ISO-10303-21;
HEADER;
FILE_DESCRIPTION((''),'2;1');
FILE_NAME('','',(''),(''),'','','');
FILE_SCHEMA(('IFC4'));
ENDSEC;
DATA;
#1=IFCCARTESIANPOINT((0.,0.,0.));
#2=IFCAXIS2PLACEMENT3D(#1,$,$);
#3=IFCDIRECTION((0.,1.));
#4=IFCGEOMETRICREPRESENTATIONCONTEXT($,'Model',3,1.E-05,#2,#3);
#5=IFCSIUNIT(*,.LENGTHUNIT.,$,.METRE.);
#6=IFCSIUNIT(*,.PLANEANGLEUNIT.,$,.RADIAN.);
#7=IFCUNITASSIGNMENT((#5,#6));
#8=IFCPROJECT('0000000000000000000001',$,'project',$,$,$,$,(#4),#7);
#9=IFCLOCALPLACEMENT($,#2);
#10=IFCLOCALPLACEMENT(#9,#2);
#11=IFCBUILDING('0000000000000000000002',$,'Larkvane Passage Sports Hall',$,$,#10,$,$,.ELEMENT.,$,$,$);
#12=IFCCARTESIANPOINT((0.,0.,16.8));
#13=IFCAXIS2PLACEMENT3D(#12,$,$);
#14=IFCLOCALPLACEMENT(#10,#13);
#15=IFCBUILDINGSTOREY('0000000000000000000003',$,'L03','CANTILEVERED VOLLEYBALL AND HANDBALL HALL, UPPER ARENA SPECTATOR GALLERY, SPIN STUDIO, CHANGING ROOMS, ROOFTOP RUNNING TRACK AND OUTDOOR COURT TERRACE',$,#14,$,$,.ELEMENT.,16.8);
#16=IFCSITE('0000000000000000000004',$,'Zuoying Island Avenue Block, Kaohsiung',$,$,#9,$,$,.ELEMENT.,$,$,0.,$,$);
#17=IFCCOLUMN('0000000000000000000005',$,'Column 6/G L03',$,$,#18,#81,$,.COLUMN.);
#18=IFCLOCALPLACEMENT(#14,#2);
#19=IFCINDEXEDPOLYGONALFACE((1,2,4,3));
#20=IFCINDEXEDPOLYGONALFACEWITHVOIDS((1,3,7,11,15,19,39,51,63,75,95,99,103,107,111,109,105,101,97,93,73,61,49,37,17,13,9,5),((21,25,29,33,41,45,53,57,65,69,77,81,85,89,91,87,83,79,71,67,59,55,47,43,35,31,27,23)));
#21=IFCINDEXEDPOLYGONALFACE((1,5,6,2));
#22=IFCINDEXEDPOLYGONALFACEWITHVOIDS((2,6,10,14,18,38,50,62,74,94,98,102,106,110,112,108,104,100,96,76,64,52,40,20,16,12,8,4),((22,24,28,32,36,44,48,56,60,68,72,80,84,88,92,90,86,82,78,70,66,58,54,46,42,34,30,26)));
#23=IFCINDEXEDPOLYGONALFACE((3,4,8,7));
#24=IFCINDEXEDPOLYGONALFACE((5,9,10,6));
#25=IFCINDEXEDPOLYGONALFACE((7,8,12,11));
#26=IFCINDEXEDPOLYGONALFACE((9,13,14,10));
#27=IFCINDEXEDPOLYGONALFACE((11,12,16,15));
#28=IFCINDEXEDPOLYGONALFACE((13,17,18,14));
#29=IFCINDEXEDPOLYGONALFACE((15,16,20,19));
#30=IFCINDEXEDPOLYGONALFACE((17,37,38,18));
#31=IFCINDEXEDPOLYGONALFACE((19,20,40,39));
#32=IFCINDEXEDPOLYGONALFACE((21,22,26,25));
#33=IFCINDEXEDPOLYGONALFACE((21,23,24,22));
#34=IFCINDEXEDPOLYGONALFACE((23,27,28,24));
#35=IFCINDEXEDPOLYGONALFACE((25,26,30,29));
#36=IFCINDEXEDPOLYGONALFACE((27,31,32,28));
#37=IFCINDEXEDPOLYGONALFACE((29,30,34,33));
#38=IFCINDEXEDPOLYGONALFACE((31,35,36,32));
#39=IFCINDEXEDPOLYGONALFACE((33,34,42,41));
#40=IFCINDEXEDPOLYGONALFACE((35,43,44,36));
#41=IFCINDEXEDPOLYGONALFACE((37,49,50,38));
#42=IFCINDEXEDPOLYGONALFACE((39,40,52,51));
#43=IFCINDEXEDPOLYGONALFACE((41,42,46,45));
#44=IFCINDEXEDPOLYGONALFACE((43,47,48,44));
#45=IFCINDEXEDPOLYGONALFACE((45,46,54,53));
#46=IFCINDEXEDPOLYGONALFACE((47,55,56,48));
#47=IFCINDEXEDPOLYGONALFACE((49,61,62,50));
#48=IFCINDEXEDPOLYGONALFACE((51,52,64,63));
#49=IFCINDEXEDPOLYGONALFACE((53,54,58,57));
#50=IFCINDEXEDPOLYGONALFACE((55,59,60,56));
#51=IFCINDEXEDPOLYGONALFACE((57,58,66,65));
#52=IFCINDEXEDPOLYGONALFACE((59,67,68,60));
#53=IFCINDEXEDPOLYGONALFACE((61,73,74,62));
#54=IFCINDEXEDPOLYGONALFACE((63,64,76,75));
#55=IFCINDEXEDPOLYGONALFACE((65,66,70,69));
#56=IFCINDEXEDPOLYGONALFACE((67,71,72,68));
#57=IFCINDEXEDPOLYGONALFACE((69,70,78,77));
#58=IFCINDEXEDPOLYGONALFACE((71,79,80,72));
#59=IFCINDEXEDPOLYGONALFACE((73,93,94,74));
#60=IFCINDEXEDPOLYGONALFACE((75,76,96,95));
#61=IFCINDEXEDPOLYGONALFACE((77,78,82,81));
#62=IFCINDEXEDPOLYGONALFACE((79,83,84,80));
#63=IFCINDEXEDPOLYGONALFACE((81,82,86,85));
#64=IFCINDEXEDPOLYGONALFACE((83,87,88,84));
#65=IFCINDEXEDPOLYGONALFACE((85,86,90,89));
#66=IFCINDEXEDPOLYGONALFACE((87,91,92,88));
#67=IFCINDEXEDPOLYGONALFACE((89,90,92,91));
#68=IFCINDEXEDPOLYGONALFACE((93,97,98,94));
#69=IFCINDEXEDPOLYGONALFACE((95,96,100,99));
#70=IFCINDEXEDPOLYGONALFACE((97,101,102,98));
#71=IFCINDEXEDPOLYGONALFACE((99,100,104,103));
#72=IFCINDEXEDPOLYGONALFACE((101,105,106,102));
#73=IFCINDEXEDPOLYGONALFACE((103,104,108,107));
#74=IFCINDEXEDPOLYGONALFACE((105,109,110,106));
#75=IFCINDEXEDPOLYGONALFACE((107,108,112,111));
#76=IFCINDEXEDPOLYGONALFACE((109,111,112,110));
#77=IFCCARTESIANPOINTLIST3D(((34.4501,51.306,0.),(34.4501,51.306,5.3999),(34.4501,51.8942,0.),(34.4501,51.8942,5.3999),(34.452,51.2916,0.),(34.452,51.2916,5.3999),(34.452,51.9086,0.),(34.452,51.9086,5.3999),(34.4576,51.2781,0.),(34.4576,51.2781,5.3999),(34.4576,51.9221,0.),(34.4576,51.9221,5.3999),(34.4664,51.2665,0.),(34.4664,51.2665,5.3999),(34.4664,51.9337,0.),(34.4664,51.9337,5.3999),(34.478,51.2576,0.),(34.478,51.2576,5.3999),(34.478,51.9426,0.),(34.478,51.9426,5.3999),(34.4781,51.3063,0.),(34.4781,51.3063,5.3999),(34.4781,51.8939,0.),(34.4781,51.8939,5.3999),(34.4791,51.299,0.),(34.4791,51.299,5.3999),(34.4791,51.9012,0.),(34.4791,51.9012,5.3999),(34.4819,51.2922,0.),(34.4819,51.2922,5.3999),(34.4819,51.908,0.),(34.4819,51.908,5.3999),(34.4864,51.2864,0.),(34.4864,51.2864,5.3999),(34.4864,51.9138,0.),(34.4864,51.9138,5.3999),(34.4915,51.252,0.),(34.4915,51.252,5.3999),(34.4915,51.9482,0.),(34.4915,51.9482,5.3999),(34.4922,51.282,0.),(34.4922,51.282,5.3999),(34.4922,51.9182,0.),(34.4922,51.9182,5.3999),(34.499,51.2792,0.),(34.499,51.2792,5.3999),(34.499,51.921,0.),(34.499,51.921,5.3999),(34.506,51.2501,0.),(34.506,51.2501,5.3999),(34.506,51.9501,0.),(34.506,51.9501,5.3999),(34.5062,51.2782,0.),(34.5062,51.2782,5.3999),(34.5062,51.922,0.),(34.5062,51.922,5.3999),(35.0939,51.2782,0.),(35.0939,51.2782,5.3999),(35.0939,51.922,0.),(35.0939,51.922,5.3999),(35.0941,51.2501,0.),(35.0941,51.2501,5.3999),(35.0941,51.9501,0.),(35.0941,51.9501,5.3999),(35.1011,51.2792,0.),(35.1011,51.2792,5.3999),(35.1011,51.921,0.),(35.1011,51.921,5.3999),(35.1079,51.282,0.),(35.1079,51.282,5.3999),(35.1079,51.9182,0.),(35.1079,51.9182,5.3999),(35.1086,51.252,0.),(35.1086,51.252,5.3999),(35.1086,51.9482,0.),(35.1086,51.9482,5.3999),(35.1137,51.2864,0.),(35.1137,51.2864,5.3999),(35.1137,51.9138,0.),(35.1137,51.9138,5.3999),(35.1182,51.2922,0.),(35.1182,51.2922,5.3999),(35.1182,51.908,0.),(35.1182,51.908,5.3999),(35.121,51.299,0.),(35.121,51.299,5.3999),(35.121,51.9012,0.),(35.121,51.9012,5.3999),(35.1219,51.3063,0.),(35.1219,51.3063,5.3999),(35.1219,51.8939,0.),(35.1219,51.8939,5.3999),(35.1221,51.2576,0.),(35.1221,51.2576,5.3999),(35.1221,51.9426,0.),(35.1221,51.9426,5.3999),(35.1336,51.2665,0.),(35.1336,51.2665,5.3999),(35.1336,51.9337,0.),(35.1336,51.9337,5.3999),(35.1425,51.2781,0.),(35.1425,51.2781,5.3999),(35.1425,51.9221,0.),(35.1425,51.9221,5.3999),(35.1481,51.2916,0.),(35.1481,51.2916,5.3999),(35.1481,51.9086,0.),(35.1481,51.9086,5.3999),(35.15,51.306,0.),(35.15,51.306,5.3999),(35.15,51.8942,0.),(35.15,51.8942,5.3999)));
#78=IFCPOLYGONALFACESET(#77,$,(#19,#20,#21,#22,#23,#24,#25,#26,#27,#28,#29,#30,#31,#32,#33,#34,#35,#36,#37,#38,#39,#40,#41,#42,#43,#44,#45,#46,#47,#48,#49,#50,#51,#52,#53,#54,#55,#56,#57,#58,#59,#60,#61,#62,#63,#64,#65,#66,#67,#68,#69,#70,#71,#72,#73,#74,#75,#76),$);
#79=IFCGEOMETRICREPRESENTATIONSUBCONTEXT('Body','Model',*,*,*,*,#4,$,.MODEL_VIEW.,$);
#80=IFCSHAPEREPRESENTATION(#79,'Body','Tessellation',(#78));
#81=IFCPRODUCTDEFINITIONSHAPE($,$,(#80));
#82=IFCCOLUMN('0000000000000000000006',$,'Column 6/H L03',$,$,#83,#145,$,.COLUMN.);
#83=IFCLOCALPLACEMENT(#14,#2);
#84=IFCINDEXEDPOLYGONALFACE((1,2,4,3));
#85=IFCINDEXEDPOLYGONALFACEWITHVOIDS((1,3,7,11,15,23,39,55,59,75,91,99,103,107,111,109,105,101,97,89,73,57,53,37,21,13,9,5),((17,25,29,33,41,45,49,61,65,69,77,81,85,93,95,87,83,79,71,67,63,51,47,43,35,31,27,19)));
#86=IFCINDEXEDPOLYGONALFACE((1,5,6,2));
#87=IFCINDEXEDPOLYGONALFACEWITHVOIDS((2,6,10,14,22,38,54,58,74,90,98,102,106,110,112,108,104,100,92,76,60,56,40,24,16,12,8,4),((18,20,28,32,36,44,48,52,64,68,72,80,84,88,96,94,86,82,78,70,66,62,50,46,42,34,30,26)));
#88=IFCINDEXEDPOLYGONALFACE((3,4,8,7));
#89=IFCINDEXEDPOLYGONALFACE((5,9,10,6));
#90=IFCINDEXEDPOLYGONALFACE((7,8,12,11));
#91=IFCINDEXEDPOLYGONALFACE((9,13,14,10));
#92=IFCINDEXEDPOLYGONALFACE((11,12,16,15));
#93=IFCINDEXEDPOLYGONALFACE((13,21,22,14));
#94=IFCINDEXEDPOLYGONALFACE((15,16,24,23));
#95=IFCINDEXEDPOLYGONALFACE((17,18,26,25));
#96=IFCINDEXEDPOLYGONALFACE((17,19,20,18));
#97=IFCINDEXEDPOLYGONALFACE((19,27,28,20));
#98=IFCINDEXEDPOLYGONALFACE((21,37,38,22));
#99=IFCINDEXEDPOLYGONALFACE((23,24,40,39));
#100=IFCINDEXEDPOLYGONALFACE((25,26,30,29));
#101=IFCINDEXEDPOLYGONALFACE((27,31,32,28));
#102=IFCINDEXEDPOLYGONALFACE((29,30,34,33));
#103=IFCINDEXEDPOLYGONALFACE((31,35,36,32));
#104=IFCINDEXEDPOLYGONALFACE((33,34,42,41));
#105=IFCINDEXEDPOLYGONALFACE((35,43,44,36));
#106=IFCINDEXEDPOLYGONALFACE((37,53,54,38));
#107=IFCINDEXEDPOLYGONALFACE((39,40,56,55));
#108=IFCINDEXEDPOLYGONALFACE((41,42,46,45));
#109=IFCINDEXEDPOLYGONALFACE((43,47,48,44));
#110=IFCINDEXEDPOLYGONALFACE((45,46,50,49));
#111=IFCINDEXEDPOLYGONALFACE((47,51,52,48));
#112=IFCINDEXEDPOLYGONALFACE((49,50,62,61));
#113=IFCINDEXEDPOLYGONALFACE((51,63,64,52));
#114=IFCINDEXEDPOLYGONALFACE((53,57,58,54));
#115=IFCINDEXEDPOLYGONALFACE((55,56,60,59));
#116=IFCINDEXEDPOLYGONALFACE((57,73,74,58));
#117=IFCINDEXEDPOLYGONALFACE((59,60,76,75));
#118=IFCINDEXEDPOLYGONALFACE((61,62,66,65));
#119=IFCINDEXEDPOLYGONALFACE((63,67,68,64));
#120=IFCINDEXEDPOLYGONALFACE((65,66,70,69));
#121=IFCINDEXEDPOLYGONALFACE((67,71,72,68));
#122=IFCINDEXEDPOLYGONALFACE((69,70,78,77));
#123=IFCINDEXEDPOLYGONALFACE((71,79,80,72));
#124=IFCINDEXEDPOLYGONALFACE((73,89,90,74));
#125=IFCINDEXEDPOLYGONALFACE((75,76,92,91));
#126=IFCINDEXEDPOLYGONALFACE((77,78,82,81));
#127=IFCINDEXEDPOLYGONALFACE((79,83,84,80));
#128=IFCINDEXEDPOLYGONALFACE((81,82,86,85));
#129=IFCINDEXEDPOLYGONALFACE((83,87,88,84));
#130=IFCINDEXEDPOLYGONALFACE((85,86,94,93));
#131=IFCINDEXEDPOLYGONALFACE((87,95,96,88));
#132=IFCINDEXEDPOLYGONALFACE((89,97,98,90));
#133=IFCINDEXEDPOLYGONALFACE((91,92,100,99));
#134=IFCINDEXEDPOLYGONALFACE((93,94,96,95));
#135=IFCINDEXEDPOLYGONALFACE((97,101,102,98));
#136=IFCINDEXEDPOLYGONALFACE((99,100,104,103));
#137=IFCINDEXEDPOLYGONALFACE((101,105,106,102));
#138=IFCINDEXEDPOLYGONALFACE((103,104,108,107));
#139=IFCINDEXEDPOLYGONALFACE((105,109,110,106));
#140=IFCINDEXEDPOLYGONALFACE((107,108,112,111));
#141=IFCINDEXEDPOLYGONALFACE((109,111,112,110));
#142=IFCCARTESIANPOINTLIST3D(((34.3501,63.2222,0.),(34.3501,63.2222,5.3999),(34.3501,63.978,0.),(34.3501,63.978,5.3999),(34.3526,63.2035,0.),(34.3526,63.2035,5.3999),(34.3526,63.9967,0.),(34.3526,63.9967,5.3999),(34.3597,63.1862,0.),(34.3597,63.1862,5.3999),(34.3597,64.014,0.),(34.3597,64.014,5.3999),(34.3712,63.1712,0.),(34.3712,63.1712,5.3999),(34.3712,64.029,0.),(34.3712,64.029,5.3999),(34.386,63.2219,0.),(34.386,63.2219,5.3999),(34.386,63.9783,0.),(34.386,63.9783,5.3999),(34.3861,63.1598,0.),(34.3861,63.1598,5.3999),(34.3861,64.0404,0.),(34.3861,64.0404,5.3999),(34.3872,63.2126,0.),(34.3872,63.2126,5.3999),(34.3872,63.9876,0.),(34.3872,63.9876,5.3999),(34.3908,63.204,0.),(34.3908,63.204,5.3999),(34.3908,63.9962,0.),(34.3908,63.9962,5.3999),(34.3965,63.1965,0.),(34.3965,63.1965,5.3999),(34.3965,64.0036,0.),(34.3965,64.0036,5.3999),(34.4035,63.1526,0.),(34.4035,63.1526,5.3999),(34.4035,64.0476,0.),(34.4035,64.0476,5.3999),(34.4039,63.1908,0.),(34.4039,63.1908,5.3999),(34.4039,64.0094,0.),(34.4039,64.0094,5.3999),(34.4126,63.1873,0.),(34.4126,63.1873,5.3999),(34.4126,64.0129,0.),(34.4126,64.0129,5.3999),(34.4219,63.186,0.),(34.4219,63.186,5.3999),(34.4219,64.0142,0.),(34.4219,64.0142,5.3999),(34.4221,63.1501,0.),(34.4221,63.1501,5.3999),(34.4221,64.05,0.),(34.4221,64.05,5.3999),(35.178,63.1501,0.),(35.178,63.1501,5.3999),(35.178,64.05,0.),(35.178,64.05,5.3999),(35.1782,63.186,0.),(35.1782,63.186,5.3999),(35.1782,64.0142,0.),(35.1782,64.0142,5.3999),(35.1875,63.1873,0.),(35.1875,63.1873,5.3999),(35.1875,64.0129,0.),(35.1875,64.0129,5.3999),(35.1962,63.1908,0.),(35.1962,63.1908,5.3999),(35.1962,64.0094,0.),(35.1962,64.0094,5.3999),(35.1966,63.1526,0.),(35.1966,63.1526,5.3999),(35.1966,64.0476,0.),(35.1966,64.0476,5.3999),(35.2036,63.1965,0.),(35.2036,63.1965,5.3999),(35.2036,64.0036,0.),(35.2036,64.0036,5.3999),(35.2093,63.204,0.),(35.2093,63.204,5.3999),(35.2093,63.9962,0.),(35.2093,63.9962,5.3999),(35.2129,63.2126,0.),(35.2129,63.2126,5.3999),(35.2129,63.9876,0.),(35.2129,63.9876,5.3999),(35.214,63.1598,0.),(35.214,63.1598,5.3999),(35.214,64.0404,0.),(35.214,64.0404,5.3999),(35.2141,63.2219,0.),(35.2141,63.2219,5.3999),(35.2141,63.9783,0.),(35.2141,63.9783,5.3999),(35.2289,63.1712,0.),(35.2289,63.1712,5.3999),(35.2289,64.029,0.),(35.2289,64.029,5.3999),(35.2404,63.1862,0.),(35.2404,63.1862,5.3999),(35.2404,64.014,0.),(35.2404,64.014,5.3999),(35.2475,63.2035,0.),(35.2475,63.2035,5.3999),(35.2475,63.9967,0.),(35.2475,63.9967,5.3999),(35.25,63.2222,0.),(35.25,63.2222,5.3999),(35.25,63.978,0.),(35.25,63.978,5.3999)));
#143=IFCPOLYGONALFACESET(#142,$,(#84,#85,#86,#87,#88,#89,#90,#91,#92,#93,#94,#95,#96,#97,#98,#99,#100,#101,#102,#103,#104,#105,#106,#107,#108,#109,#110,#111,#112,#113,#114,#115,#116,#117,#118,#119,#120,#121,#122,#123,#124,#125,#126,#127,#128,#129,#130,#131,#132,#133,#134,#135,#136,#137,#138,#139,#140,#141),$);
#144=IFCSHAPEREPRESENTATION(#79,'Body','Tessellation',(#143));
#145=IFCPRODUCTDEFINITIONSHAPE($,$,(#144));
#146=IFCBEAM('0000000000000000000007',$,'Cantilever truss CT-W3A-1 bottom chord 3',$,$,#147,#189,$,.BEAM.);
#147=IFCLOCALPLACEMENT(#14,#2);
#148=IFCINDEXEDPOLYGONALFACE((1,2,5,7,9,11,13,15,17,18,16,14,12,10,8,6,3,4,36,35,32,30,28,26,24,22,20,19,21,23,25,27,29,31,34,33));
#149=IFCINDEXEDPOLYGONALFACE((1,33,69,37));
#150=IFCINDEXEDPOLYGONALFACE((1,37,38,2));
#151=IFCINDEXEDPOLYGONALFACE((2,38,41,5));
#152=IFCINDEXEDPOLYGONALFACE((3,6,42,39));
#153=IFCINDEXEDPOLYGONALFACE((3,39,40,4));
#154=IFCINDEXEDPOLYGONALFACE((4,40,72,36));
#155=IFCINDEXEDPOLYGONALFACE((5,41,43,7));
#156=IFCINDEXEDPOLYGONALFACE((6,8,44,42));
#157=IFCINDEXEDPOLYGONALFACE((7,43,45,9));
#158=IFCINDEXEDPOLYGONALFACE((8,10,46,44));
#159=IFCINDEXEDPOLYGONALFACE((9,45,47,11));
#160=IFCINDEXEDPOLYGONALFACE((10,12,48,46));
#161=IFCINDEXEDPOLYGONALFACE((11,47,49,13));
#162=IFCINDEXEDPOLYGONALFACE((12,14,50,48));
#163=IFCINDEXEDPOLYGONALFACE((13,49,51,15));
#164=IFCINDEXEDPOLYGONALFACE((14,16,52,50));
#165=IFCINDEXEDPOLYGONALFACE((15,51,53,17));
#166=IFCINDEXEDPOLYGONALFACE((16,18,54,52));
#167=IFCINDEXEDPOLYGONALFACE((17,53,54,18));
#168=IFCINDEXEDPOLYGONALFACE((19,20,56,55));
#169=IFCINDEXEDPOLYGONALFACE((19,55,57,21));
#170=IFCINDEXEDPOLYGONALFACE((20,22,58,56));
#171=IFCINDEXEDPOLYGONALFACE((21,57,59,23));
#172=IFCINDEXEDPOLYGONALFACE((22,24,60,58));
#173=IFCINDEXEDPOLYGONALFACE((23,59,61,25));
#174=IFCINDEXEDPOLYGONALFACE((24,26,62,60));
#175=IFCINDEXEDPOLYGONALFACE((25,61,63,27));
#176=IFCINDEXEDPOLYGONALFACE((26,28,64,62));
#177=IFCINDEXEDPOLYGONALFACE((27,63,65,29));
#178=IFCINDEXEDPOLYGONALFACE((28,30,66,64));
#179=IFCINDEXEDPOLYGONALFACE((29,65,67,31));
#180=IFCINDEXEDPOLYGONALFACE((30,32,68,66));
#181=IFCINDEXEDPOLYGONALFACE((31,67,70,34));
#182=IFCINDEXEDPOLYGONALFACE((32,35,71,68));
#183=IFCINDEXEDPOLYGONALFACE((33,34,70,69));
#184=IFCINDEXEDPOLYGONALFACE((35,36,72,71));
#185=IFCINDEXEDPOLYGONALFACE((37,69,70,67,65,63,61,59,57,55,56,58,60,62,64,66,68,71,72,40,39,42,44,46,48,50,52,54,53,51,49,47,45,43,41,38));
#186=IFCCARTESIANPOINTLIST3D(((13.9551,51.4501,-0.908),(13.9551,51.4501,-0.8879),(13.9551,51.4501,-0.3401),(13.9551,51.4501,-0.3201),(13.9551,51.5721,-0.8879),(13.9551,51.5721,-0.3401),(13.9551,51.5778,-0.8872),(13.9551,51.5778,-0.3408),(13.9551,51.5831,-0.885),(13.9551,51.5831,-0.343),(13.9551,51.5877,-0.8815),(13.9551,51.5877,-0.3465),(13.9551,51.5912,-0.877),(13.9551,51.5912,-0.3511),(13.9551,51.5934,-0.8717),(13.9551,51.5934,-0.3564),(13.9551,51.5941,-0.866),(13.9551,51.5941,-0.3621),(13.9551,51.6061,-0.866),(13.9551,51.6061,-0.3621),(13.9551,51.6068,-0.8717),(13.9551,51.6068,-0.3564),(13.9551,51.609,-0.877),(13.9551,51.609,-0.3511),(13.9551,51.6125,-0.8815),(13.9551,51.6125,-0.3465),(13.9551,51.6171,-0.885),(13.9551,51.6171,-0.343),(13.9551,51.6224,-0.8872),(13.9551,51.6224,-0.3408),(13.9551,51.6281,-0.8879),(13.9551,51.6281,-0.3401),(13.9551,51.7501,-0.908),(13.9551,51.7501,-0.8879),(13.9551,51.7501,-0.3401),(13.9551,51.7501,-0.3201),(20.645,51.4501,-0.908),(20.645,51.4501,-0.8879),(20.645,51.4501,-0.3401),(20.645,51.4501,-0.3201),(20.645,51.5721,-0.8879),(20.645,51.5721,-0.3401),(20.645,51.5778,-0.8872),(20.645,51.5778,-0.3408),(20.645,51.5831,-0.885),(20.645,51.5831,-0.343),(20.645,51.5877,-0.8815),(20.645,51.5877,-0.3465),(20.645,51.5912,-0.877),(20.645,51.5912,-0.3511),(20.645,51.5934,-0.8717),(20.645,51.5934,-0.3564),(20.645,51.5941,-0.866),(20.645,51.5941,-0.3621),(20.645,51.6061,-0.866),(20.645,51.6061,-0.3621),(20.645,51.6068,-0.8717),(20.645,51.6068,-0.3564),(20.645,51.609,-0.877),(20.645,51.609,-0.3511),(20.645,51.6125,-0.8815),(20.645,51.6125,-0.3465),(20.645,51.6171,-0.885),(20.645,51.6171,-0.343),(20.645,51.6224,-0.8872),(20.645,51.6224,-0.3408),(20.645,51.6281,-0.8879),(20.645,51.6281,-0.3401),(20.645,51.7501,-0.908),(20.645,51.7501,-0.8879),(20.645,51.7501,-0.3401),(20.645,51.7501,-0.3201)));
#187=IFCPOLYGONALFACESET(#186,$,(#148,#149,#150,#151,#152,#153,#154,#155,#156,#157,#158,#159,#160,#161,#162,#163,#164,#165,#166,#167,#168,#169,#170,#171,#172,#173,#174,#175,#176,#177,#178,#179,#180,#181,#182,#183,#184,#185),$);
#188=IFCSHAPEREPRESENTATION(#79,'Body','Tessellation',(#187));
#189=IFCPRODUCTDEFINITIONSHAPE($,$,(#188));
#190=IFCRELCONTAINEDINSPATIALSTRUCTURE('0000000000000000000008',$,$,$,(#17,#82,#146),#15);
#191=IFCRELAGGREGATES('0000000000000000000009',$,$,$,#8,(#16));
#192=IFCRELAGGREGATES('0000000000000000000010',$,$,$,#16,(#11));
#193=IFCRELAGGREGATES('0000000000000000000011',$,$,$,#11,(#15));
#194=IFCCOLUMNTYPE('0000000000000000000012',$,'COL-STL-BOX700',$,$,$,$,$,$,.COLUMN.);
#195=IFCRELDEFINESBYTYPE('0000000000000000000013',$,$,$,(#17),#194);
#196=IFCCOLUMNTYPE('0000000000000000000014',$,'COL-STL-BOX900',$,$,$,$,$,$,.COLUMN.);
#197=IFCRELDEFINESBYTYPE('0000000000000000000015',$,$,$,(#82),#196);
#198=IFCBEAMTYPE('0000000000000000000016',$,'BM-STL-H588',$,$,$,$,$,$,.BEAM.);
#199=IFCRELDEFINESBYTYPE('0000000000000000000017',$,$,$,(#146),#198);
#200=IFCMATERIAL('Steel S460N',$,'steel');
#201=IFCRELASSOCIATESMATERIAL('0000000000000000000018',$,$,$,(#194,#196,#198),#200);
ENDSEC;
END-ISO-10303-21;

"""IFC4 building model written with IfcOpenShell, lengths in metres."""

from ifc_helpers import new_model, si_unit, direction, frame, origin, origin_2d, place, context, subcontext, project, spatial, hollow_rectangle, i_section, extrude, material, material_profile, profile_set, type_object, element, save


model = new_model("IFC4")

# Units and contexts
model_context = context("Model", 3, precision=1e-05, world=origin(), true_north=direction((0.0, 1.0)))
body_context = subcontext(model_context, "Body", "Model", "MODEL_VIEW")
ifc_project = project(units=[si_unit("LENGTHUNIT", "METRE"), si_unit("PLANEANGLEUNIT", "RADIAN")], contexts=[model_context])

# Site, building, storey
site_placement = place(None, origin())
site = spatial("IfcSite", under=ifc_project, at=site_placement, Name="Zuoying Island Avenue Block, Kaohsiung", CompositionType="ELEMENT", RefElevation=0.0)
building_placement = place(site_placement, origin())
building = spatial("IfcBuilding", under=site, at=building_placement, Name="Larkvane Passage Sports Hall", CompositionType="ELEMENT")
storey_placement = place(building_placement, frame((0.0, 0.0, 16.8)))
storey = spatial("IfcBuildingStorey", under=building, at=storey_placement, Name="L03", Description="CANTILEVERED VOLLEYBALL AND HANDBALL HALL, UPPER ARENA SPECTATOR GALLERY, SPIN STUDIO, CHANGING ROOMS, ROOFTOP RUNNING TRACK AND OUTDOOR COURT TERRACE", CompositionType="ELEMENT", Elevation=16.8)

# Columns
ifc_material_1 = material(Name="Steel S460N", Category="steel")
ifc_material_profile_1 = material_profile(ifc_material_1, hollow_rectangle(XDim=0.7, YDim=0.7, WallThickness=0.0281, InnerFilletRadius=0.0281, OuterFilletRadius=0.0559, at=origin_2d()), Name="BOX-700x700x28")
ifc_profile_set_1 = profile_set([ifc_material_profile_1], Name="Steel S460N")
column_type_1 = type_object("IfcColumnType", Name="COL-STL-BOX700", PredefinedType="COLUMN", material=ifc_profile_set_1)
column_1_placement = place(storey_placement, frame((34.8, 51.6001, 0.0), z_axis=(0.0, 0.0, 1.0), x_axis=(1.0, 0.0, 0.0)))
element("IfcColumn", 1, at=column_1_placement, inside=storey, type_object=column_type_1, Name="Column 6/G L03", PredefinedType="COLUMN", context=body_context, shape_type="SweptSolid", body=[
    extrude(hollow_rectangle(XDim=0.7, YDim=0.7, WallThickness=0.0281, InnerFilletRadius=0.0281, OuterFilletRadius=0.0559, at=origin_2d()), origin(), (0.0, 0.0, 1.0), 5.3999),
])
ifc_material_profile_2 = material_profile(ifc_material_1, hollow_rectangle(XDim=0.8999, YDim=0.8999, WallThickness=0.0359, InnerFilletRadius=0.0359, OuterFilletRadius=0.072, at=origin_2d()), Name="BOX-900x900x36")
ifc_profile_set_2 = profile_set([ifc_material_profile_2], Name="Steel S460N")
column_type_2 = type_object("IfcColumnType", Name="COL-STL-BOX900", PredefinedType="COLUMN", material=ifc_profile_set_2)
column_2_placement = place(storey_placement, frame((34.8, 63.6001, 0.0), z_axis=(0.0, 0.0, 1.0), x_axis=(1.0, 0.0, 0.0)))
element("IfcColumn", 2, at=column_2_placement, inside=storey, type_object=column_type_2, Name="Column 6/H L03", PredefinedType="COLUMN", context=body_context, shape_type="SweptSolid", body=[
    extrude(hollow_rectangle(XDim=0.8999, YDim=0.8999, WallThickness=0.0359, InnerFilletRadius=0.0359, OuterFilletRadius=0.072, at=origin_2d()), origin(), (0.0, 0.0, 1.0), 5.3999),
])

# Beam
ifc_material_profile_3 = material_profile(ifc_material_1, i_section(OverallWidth=0.3, OverallDepth=0.5879, WebThickness=0.012, FlangeThickness=0.02, FilletRadius=0.022, at=origin_2d()), Name="H-588x300x12x20")
ifc_profile_set_3 = profile_set([ifc_material_profile_3], Name="Steel S460N")
beam_type_1 = type_object("IfcBeamType", Name="BM-STL-H588", PredefinedType="BEAM", material=ifc_profile_set_3)
beam_1_placement = place(storey_placement, frame((13.9551, 51.6001, -0.614), z_axis=(1.0, 0.0, 0.0), x_axis=(0.0, 1.0, 0.0)))
element("IfcBeam", 3, at=beam_1_placement, inside=storey, type_object=beam_type_1, Name="Cantilever truss CT-W3A-1 bottom chord 3", PredefinedType="BEAM", context=body_context, shape_type="SweptSolid", body=[
    extrude(i_section(OverallWidth=0.3, OverallDepth=0.5879, WebThickness=0.012, FlangeThickness=0.02, FilletRadius=0.022, at=origin_2d()), origin(), (0.0, 0.0, 1.0), 6.6899),
])

save(model, "model.ifc")
